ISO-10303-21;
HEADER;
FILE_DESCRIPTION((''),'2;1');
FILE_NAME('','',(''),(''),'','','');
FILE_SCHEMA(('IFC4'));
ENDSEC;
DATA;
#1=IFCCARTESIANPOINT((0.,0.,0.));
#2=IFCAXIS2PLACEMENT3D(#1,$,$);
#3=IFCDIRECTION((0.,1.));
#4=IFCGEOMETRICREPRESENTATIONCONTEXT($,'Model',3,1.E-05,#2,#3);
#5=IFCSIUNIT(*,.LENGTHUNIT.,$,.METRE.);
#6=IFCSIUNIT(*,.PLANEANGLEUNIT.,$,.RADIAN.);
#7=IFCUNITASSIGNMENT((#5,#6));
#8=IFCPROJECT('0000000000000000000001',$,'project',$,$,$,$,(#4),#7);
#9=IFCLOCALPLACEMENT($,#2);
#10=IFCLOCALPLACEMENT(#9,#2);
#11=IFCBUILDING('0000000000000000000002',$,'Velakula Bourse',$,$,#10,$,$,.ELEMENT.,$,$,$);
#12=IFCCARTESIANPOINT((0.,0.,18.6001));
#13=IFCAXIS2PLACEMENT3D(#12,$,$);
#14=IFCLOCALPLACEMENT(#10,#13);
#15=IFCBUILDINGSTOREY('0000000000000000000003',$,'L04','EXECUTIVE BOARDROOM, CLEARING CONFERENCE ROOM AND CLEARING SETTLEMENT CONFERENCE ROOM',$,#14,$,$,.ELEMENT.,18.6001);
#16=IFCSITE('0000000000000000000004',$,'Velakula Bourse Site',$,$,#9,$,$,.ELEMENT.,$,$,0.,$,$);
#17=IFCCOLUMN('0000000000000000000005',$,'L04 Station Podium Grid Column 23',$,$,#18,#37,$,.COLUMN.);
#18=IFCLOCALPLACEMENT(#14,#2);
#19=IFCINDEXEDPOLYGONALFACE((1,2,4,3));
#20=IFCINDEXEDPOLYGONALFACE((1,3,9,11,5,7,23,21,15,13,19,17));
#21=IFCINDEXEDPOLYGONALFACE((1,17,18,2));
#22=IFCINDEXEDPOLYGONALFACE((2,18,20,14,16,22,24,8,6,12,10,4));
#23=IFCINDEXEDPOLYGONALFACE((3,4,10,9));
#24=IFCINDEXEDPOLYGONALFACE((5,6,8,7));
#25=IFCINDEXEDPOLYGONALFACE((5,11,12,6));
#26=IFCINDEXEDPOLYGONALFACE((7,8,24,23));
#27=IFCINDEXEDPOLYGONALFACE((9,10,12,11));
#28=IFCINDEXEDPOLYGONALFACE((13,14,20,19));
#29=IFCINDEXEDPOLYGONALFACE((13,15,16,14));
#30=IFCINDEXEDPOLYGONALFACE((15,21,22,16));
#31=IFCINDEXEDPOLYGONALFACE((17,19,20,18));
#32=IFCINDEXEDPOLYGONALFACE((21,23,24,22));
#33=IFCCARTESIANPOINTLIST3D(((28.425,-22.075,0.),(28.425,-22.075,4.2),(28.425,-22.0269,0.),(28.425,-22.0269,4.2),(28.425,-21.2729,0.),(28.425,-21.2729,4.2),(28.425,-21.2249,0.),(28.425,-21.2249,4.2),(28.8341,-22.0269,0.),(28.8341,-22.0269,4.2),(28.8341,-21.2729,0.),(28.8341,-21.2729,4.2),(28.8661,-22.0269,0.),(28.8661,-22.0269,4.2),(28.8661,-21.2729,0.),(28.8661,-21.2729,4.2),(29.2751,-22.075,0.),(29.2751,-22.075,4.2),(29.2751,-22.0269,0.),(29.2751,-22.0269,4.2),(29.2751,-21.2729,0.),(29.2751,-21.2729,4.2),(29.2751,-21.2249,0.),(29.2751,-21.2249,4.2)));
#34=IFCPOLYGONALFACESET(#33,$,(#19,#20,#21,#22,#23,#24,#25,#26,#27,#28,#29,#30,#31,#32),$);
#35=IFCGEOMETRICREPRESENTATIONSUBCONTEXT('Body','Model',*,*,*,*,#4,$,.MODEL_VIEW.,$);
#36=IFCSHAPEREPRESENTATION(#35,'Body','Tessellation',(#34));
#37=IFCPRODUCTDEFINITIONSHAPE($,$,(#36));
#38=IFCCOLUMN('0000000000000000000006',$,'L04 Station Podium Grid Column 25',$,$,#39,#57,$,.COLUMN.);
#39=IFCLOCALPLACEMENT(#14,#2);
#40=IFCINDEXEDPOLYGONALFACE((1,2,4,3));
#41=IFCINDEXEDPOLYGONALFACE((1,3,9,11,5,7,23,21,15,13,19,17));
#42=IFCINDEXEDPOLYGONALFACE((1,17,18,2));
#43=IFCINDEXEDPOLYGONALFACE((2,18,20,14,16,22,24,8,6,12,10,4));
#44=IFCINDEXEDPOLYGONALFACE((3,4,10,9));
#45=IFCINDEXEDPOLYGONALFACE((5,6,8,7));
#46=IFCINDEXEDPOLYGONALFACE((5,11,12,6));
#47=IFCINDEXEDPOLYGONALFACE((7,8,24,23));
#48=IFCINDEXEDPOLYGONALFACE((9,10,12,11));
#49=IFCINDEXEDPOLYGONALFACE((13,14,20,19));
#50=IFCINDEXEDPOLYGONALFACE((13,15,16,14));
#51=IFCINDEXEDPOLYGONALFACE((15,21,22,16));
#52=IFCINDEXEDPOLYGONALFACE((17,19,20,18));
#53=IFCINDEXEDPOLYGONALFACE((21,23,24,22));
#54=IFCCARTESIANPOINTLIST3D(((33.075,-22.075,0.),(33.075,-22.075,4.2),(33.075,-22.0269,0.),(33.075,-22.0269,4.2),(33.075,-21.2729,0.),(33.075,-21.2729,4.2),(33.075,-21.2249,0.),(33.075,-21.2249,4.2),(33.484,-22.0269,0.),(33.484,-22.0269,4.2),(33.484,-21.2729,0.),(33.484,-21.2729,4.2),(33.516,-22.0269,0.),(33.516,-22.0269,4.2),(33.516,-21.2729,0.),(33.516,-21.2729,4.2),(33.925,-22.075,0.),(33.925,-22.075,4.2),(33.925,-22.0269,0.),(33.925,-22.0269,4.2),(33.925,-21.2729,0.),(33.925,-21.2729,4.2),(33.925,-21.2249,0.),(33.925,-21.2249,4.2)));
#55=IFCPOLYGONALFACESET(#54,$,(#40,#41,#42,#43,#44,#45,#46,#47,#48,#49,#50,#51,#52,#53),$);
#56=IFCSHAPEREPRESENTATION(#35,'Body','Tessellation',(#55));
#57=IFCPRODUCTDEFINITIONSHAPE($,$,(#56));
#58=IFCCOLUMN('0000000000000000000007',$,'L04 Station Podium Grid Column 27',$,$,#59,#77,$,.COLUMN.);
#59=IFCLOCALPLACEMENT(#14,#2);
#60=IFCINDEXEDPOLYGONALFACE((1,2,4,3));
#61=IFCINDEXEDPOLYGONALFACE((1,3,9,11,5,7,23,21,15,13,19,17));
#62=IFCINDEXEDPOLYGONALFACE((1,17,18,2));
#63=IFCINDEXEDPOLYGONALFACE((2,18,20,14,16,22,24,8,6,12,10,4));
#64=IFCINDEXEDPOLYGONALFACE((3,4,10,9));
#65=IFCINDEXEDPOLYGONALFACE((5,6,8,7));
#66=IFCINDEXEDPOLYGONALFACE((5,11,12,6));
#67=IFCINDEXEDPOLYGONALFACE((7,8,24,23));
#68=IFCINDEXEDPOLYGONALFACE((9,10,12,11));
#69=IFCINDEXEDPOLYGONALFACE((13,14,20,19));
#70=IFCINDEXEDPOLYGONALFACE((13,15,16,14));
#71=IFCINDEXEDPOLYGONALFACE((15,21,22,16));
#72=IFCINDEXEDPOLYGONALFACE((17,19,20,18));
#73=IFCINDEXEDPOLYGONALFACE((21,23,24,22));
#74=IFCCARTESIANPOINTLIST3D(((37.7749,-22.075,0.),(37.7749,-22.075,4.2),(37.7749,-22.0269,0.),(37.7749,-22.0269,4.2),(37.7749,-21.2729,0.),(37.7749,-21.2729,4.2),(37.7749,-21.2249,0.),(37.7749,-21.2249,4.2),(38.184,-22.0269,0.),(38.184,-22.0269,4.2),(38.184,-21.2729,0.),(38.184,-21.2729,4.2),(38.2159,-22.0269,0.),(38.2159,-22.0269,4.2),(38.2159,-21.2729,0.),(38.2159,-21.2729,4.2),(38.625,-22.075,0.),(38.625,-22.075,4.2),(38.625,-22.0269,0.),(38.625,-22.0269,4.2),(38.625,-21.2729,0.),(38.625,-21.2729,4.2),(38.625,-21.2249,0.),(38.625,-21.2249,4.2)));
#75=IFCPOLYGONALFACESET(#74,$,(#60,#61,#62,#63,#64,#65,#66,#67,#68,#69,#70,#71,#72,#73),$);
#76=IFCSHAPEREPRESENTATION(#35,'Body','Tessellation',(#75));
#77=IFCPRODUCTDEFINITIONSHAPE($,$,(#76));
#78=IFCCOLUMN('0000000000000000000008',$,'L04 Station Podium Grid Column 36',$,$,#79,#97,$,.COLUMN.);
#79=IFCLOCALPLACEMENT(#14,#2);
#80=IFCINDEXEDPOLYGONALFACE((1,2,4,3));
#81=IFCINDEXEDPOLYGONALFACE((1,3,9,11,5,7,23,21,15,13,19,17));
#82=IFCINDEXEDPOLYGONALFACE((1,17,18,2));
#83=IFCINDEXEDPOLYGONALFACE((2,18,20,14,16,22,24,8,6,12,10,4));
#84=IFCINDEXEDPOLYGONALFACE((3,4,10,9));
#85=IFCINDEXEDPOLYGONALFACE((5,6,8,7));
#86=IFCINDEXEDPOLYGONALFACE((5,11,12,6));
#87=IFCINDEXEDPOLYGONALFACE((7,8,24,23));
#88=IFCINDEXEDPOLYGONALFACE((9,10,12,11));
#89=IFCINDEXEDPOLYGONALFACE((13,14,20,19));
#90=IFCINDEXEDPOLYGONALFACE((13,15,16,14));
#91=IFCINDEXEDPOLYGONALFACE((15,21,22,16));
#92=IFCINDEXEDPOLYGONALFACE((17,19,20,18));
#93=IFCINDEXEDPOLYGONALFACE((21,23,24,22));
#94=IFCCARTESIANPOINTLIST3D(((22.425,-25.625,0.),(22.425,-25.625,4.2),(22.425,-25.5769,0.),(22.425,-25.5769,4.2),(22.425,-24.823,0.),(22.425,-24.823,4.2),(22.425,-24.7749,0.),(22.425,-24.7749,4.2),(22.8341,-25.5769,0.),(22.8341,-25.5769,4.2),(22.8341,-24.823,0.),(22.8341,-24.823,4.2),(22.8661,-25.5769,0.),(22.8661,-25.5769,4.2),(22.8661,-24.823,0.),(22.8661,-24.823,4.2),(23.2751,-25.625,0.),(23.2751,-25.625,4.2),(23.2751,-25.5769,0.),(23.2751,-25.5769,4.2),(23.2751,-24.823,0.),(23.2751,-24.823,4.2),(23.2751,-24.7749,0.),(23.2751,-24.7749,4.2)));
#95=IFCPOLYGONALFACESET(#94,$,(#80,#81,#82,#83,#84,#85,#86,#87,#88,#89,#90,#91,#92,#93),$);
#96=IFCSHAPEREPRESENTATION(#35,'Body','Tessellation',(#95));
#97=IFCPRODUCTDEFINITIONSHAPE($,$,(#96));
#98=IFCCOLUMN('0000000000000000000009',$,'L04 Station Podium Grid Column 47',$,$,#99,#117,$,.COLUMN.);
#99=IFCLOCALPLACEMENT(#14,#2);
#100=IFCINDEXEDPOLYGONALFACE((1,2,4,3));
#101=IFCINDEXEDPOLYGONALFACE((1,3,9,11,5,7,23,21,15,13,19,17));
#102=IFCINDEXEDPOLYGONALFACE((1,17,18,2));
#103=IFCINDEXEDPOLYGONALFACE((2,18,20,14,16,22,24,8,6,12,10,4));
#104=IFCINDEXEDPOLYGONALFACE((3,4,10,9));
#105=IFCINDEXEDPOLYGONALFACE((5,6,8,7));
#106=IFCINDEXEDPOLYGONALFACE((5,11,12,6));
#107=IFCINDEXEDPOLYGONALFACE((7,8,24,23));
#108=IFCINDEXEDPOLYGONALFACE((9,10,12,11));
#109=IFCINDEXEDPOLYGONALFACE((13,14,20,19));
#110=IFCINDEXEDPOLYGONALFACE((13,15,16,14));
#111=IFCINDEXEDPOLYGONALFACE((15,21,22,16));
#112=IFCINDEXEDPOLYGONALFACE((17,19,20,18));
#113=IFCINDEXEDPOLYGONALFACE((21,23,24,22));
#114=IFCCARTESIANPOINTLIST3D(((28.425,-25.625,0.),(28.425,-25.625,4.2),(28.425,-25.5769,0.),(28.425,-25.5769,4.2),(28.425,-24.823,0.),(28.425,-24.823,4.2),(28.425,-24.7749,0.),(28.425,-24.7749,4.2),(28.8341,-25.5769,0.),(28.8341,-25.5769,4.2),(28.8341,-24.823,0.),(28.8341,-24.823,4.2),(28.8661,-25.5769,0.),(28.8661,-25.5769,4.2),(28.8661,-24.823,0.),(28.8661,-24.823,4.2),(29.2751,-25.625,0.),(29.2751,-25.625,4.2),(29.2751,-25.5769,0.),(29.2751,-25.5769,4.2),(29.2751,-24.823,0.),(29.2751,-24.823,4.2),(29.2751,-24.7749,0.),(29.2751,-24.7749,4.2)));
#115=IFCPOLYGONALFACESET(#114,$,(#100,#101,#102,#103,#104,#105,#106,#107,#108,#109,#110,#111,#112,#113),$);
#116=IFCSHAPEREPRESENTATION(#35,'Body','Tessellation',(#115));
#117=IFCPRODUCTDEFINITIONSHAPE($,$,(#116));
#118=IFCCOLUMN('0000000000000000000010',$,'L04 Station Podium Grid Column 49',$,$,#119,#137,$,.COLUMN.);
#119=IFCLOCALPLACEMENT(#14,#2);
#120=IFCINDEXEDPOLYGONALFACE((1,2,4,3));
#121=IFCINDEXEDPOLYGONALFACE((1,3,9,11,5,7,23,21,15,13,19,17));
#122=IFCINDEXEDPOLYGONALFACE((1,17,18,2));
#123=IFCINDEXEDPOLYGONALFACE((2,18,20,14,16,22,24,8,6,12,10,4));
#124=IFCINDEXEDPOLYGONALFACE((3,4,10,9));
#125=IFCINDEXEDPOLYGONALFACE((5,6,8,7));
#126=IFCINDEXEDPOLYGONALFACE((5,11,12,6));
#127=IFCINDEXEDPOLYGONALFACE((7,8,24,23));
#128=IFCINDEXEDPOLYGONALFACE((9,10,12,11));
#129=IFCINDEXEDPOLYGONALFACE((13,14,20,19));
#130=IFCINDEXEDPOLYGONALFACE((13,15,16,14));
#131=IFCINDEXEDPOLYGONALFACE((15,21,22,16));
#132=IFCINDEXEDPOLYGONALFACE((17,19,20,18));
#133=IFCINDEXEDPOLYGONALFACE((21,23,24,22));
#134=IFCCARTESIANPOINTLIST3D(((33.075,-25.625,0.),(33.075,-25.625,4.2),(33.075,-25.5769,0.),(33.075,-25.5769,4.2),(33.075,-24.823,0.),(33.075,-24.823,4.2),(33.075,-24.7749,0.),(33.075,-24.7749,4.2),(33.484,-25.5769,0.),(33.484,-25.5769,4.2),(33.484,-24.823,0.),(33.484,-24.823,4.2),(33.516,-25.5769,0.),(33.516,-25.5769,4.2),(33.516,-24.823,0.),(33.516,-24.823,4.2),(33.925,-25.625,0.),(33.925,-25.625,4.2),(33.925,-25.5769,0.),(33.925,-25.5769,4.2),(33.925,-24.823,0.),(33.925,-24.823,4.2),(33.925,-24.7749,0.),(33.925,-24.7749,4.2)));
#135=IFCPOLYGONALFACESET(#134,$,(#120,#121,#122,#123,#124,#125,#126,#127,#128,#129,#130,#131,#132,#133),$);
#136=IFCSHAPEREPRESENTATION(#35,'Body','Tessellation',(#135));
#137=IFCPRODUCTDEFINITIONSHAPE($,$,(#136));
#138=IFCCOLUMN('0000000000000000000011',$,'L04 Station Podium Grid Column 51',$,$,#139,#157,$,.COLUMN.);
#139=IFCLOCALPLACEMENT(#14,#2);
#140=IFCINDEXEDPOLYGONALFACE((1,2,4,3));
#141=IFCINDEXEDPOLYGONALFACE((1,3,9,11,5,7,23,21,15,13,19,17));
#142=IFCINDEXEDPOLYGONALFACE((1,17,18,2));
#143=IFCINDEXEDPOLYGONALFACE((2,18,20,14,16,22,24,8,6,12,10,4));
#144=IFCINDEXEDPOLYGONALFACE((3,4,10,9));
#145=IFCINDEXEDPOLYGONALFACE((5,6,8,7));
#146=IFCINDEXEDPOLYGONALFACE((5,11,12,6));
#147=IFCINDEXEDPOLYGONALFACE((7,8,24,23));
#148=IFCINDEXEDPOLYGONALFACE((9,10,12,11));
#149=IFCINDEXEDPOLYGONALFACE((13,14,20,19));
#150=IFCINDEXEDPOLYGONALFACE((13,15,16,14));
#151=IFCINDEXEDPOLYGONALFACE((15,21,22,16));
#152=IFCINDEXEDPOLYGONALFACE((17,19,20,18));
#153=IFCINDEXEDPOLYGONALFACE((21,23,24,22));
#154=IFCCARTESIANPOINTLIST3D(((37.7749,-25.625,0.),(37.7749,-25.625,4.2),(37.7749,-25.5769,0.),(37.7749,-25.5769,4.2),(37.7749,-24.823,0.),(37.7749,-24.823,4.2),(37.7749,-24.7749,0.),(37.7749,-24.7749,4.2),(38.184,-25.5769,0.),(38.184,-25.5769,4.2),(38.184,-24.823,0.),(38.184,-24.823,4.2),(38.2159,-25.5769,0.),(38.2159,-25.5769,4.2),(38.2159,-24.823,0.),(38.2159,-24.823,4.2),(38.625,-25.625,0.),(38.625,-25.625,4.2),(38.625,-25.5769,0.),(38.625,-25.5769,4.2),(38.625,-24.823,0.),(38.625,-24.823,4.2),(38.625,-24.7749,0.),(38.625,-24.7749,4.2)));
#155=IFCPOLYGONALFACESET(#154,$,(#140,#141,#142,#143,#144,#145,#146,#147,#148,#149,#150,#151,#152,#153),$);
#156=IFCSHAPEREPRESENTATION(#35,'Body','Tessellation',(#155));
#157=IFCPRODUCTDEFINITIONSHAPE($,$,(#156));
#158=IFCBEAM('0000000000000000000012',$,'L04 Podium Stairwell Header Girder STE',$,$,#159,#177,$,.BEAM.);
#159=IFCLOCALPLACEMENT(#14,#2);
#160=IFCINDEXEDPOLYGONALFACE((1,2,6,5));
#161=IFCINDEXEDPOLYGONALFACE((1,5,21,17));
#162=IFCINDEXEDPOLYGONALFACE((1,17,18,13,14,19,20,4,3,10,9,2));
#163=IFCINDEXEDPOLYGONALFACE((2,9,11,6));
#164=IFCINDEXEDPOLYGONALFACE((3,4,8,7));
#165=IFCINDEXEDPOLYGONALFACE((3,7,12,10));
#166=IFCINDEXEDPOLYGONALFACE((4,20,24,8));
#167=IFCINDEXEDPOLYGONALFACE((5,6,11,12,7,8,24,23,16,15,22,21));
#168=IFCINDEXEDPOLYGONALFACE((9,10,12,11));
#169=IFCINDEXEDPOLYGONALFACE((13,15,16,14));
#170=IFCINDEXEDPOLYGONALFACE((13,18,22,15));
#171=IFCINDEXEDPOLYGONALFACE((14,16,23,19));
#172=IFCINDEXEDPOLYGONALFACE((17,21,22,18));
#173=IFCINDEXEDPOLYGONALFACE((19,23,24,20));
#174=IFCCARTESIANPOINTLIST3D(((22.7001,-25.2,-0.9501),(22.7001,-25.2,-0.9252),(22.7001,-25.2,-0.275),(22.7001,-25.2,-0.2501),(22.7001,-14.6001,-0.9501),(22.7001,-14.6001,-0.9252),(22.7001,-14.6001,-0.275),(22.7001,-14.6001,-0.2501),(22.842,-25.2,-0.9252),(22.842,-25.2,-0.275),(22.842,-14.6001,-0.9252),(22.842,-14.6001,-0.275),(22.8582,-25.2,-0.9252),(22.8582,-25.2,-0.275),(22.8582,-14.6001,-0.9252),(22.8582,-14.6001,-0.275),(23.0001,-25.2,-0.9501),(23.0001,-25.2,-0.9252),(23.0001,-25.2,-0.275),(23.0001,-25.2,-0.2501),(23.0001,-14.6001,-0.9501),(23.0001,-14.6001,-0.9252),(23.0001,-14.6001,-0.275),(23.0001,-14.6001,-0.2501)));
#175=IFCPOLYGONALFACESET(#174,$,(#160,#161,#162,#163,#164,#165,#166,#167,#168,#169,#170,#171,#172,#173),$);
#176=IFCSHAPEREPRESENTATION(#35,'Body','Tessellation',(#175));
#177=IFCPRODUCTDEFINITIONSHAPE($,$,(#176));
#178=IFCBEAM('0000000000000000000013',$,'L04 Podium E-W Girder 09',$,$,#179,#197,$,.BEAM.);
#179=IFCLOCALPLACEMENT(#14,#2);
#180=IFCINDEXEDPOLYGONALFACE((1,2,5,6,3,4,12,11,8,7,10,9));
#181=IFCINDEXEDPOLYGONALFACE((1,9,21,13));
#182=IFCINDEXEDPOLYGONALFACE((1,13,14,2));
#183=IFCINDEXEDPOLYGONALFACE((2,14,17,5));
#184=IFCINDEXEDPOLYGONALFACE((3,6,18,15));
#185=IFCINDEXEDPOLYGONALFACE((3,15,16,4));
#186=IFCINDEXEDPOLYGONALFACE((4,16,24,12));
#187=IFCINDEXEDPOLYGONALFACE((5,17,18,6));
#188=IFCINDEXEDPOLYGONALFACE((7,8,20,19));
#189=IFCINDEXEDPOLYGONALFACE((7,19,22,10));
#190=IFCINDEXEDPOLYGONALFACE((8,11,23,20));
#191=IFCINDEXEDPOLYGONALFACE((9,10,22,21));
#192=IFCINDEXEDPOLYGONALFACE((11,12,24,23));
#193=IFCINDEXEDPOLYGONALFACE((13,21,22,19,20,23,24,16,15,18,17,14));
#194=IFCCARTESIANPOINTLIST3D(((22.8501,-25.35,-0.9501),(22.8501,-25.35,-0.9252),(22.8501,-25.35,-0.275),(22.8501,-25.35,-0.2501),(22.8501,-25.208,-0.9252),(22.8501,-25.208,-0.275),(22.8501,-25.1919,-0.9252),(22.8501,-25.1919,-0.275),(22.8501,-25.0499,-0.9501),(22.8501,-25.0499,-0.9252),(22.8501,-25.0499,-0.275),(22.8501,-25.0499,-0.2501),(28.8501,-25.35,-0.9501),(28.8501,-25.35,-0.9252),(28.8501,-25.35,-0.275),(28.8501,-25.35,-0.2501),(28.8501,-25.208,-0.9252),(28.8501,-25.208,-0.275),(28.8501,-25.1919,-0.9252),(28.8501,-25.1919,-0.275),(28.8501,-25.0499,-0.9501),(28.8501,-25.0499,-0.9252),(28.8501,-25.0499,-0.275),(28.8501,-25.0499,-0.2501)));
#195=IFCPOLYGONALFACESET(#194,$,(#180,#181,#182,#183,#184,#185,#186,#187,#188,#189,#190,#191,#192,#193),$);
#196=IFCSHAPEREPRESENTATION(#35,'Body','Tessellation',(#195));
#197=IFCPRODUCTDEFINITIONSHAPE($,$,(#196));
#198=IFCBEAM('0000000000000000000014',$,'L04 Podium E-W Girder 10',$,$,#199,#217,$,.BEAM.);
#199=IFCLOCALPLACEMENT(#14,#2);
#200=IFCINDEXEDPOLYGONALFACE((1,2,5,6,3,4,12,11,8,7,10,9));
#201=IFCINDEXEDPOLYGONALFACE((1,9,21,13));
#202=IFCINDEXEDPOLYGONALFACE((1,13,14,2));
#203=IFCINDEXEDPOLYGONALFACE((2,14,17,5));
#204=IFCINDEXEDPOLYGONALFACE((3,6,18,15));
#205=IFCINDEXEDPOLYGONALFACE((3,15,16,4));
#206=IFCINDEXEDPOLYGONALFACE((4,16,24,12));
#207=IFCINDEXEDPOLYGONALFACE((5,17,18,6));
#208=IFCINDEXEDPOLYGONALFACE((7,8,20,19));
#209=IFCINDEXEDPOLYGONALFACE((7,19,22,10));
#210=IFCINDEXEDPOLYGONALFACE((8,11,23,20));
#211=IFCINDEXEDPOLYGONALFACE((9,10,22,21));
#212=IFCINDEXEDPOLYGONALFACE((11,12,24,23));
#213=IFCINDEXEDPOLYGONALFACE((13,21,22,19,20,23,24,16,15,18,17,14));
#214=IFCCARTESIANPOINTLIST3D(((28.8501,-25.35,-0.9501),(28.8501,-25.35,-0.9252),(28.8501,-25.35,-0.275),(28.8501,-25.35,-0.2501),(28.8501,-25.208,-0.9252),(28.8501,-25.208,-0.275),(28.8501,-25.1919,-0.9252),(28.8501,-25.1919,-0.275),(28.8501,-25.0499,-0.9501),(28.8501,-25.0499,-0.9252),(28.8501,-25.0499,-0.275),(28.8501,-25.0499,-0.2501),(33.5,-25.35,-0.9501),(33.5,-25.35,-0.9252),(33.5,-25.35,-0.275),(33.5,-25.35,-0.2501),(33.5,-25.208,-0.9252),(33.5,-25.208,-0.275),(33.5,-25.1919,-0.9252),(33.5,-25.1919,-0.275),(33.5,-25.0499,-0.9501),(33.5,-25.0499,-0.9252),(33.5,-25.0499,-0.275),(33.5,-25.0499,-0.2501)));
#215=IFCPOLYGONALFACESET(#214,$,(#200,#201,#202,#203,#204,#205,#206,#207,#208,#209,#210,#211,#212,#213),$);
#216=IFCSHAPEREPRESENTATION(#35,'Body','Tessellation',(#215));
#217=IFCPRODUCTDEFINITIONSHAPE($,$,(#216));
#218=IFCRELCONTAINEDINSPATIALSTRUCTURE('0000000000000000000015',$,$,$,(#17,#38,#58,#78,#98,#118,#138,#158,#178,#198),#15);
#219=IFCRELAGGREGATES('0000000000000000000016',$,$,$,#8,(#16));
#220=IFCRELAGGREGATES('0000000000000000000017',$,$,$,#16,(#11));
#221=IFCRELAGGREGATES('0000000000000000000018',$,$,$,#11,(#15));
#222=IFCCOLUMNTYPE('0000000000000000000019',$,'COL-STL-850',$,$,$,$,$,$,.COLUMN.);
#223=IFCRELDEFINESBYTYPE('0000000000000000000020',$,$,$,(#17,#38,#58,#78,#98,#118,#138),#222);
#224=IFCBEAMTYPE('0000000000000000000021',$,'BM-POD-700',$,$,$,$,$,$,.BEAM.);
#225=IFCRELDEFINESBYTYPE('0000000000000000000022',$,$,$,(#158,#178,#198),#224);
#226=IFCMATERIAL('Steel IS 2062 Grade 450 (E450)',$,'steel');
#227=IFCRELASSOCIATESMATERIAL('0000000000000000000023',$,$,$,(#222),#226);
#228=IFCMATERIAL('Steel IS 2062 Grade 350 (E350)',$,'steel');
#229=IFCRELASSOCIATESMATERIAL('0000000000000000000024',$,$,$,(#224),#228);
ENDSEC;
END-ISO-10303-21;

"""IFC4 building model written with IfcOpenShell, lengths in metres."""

from ifc_helpers import new_model, si_unit, direction, frame, origin, origin_2d, place, context, subcontext, project, spatial, i_section, extrude, material, material_profile, profile_set, type_object, element, save


model = new_model("IFC4")

# Units and contexts
model_context = context("Model", 3, precision=1e-05, world=origin(), true_north=direction((0.0, 1.0)))
body_context = subcontext(model_context, "Body", "Model", "MODEL_VIEW")
ifc_project = project(units=[si_unit("LENGTHUNIT", "METRE"), si_unit("PLANEANGLEUNIT", "RADIAN")], contexts=[model_context])

# Site, building, storey
site_placement = place(None, origin())
site = spatial("IfcSite", under=ifc_project, at=site_placement, Name="Velakula Bourse Site", CompositionType="ELEMENT", RefElevation=0.0)
building_placement = place(site_placement, origin())
building = spatial("IfcBuilding", under=site, at=building_placement, Name="Velakula Bourse", CompositionType="ELEMENT")
storey_placement = place(building_placement, frame((0.0, 0.0, 18.6001)))
storey = spatial("IfcBuildingStorey", under=building, at=storey_placement, Name="L04", Description="EXECUTIVE BOARDROOM, CLEARING CONFERENCE ROOM AND CLEARING SETTLEMENT CONFERENCE ROOM", CompositionType="ELEMENT", Elevation=18.6001)

# Columns
ifc_material_1 = material(Name="Steel IS 2062 Grade 450 (E450)", Category="steel")
ifc_material_profile_1 = material_profile(ifc_material_1, i_section(OverallWidth=0.8501, OverallDepth=0.8501, WebThickness=0.032, FlangeThickness=0.0481, at=origin_2d()), Name="Steel IS 2062 Grade 450 (E450)")
ifc_profile_set_1 = profile_set([ifc_material_profile_1], Name="Steel IS 2062 Grade 450 (E450)")
column_type = type_object("IfcColumnType", Name="COL-STL-850", PredefinedType="COLUMN", material=ifc_profile_set_1)
for number, where, z_axis, x_axis, name in (
    (1, (28.8501, -21.6499, 0.0), (0.0, 0.0, 1.0), (1.0, 0.0, 0.0), "L04 Station Podium Grid Column 23"),
    (2, (33.5, -21.6499, 0.0), (0.0, 0.0, 1.0), (1.0, 0.0, 0.0), "L04 Station Podium Grid Column 25"),
    (3, (38.2, -21.6499, 0.0), (0.0, 0.0, 1.0), (1.0, 0.0, 0.0), "L04 Station Podium Grid Column 27"),
    (4, (22.8501, -25.2, 0.0), (0.0, 0.0, 1.0), (1.0, 0.0, 0.0), "L04 Station Podium Grid Column 36"),
    (5, (28.8501, -25.2, 0.0), (0.0, 0.0, 1.0), (1.0, 0.0, 0.0), "L04 Station Podium Grid Column 47"),
    (6, (33.5, -25.2, 0.0), (0.0, 0.0, 1.0), (1.0, 0.0, 0.0), "L04 Station Podium Grid Column 49"),
    (7, (38.2, -25.2, 0.0), (0.0, 0.0, 1.0), (1.0, 0.0, 0.0), "L04 Station Podium Grid Column 51"),
):
    element("IfcColumn", number, at=place(storey_placement, frame(where, z_axis=z_axis, x_axis=x_axis)), inside=storey, type_object=column_type, Name=name, PredefinedType="COLUMN", context=body_context, shape_type="SweptSolid", body=[
        extrude(i_section(OverallWidth=0.8501, OverallDepth=0.8501, WebThickness=0.032, FlangeThickness=0.0481, at=origin_2d()), origin(), (0.0, 0.0, 1.0), 4.2),
    ])

# Beams
ifc_material_2 = material(Name="Steel IS 2062 Grade 350 (E350)", Category="steel")
ifc_material_profile_2 = material_profile(ifc_material_2, i_section(OverallWidth=0.3, OverallDepth=0.7, WebThickness=0.0161, FlangeThickness=0.0249, at=origin_2d()), Name="Steel IS 2062 Grade 350 (E350)")
ifc_profile_set_2 = profile_set([ifc_material_profile_2], Name="Steel IS 2062 Grade 350 (E350)")
beam_type_1 = type_object("IfcBeamType", Name="BM-POD-700", PredefinedType="BEAM", material=ifc_profile_set_2)
beam_1_placement = place(storey_placement, frame((22.8501, -25.2, -0.6001), z_axis=(0.0, 1.0, 0.0), x_axis=(-1.0, 0.0, 0.0)))
element("IfcBeam", 8, at=beam_1_placement, inside=storey, type_object=beam_type_1, Name="L04 Podium Stairwell Header Girder STE", PredefinedType="BEAM", context=body_context, shape_type="SweptSolid", body=[
    extrude(i_section(OverallWidth=0.3, OverallDepth=0.7, WebThickness=0.0161, FlangeThickness=0.0249, at=origin_2d()), origin(), (0.0, 0.0, 1.0), 10.5999),
])
beam_2_placement = place(storey_placement, frame((22.8501, -25.2, -0.6001), z_axis=(1.0, 0.0, 0.0), x_axis=(0.0, 1.0, 0.0)))
element("IfcBeam", 9, at=beam_2_placement, inside=storey, type_object=beam_type_1, Name="L04 Podium E-W Girder 09", PredefinedType="BEAM", context=body_context, shape_type="SweptSolid", body=[
    extrude(i_section(OverallWidth=0.3, OverallDepth=0.7, WebThickness=0.0161, FlangeThickness=0.0249, at=origin_2d()), origin(), (0.0, 0.0, 1.0), 6.0),
])
beam_3_placement = place(storey_placement, frame((28.8501, -25.2, -0.6001), z_axis=(1.0, 0.0, 0.0), x_axis=(0.0, 1.0, 0.0)))
element("IfcBeam", 10, at=beam_3_placement, inside=storey, type_object=beam_type_1, Name="L04 Podium E-W Girder 10", PredefinedType="BEAM", context=body_context, shape_type="SweptSolid", body=[
    extrude(i_section(OverallWidth=0.3, OverallDepth=0.7, WebThickness=0.0161, FlangeThickness=0.0249, at=origin_2d()), origin(), (0.0, 0.0, 1.0), 4.6499),
])

save(model, "model.ifc")
